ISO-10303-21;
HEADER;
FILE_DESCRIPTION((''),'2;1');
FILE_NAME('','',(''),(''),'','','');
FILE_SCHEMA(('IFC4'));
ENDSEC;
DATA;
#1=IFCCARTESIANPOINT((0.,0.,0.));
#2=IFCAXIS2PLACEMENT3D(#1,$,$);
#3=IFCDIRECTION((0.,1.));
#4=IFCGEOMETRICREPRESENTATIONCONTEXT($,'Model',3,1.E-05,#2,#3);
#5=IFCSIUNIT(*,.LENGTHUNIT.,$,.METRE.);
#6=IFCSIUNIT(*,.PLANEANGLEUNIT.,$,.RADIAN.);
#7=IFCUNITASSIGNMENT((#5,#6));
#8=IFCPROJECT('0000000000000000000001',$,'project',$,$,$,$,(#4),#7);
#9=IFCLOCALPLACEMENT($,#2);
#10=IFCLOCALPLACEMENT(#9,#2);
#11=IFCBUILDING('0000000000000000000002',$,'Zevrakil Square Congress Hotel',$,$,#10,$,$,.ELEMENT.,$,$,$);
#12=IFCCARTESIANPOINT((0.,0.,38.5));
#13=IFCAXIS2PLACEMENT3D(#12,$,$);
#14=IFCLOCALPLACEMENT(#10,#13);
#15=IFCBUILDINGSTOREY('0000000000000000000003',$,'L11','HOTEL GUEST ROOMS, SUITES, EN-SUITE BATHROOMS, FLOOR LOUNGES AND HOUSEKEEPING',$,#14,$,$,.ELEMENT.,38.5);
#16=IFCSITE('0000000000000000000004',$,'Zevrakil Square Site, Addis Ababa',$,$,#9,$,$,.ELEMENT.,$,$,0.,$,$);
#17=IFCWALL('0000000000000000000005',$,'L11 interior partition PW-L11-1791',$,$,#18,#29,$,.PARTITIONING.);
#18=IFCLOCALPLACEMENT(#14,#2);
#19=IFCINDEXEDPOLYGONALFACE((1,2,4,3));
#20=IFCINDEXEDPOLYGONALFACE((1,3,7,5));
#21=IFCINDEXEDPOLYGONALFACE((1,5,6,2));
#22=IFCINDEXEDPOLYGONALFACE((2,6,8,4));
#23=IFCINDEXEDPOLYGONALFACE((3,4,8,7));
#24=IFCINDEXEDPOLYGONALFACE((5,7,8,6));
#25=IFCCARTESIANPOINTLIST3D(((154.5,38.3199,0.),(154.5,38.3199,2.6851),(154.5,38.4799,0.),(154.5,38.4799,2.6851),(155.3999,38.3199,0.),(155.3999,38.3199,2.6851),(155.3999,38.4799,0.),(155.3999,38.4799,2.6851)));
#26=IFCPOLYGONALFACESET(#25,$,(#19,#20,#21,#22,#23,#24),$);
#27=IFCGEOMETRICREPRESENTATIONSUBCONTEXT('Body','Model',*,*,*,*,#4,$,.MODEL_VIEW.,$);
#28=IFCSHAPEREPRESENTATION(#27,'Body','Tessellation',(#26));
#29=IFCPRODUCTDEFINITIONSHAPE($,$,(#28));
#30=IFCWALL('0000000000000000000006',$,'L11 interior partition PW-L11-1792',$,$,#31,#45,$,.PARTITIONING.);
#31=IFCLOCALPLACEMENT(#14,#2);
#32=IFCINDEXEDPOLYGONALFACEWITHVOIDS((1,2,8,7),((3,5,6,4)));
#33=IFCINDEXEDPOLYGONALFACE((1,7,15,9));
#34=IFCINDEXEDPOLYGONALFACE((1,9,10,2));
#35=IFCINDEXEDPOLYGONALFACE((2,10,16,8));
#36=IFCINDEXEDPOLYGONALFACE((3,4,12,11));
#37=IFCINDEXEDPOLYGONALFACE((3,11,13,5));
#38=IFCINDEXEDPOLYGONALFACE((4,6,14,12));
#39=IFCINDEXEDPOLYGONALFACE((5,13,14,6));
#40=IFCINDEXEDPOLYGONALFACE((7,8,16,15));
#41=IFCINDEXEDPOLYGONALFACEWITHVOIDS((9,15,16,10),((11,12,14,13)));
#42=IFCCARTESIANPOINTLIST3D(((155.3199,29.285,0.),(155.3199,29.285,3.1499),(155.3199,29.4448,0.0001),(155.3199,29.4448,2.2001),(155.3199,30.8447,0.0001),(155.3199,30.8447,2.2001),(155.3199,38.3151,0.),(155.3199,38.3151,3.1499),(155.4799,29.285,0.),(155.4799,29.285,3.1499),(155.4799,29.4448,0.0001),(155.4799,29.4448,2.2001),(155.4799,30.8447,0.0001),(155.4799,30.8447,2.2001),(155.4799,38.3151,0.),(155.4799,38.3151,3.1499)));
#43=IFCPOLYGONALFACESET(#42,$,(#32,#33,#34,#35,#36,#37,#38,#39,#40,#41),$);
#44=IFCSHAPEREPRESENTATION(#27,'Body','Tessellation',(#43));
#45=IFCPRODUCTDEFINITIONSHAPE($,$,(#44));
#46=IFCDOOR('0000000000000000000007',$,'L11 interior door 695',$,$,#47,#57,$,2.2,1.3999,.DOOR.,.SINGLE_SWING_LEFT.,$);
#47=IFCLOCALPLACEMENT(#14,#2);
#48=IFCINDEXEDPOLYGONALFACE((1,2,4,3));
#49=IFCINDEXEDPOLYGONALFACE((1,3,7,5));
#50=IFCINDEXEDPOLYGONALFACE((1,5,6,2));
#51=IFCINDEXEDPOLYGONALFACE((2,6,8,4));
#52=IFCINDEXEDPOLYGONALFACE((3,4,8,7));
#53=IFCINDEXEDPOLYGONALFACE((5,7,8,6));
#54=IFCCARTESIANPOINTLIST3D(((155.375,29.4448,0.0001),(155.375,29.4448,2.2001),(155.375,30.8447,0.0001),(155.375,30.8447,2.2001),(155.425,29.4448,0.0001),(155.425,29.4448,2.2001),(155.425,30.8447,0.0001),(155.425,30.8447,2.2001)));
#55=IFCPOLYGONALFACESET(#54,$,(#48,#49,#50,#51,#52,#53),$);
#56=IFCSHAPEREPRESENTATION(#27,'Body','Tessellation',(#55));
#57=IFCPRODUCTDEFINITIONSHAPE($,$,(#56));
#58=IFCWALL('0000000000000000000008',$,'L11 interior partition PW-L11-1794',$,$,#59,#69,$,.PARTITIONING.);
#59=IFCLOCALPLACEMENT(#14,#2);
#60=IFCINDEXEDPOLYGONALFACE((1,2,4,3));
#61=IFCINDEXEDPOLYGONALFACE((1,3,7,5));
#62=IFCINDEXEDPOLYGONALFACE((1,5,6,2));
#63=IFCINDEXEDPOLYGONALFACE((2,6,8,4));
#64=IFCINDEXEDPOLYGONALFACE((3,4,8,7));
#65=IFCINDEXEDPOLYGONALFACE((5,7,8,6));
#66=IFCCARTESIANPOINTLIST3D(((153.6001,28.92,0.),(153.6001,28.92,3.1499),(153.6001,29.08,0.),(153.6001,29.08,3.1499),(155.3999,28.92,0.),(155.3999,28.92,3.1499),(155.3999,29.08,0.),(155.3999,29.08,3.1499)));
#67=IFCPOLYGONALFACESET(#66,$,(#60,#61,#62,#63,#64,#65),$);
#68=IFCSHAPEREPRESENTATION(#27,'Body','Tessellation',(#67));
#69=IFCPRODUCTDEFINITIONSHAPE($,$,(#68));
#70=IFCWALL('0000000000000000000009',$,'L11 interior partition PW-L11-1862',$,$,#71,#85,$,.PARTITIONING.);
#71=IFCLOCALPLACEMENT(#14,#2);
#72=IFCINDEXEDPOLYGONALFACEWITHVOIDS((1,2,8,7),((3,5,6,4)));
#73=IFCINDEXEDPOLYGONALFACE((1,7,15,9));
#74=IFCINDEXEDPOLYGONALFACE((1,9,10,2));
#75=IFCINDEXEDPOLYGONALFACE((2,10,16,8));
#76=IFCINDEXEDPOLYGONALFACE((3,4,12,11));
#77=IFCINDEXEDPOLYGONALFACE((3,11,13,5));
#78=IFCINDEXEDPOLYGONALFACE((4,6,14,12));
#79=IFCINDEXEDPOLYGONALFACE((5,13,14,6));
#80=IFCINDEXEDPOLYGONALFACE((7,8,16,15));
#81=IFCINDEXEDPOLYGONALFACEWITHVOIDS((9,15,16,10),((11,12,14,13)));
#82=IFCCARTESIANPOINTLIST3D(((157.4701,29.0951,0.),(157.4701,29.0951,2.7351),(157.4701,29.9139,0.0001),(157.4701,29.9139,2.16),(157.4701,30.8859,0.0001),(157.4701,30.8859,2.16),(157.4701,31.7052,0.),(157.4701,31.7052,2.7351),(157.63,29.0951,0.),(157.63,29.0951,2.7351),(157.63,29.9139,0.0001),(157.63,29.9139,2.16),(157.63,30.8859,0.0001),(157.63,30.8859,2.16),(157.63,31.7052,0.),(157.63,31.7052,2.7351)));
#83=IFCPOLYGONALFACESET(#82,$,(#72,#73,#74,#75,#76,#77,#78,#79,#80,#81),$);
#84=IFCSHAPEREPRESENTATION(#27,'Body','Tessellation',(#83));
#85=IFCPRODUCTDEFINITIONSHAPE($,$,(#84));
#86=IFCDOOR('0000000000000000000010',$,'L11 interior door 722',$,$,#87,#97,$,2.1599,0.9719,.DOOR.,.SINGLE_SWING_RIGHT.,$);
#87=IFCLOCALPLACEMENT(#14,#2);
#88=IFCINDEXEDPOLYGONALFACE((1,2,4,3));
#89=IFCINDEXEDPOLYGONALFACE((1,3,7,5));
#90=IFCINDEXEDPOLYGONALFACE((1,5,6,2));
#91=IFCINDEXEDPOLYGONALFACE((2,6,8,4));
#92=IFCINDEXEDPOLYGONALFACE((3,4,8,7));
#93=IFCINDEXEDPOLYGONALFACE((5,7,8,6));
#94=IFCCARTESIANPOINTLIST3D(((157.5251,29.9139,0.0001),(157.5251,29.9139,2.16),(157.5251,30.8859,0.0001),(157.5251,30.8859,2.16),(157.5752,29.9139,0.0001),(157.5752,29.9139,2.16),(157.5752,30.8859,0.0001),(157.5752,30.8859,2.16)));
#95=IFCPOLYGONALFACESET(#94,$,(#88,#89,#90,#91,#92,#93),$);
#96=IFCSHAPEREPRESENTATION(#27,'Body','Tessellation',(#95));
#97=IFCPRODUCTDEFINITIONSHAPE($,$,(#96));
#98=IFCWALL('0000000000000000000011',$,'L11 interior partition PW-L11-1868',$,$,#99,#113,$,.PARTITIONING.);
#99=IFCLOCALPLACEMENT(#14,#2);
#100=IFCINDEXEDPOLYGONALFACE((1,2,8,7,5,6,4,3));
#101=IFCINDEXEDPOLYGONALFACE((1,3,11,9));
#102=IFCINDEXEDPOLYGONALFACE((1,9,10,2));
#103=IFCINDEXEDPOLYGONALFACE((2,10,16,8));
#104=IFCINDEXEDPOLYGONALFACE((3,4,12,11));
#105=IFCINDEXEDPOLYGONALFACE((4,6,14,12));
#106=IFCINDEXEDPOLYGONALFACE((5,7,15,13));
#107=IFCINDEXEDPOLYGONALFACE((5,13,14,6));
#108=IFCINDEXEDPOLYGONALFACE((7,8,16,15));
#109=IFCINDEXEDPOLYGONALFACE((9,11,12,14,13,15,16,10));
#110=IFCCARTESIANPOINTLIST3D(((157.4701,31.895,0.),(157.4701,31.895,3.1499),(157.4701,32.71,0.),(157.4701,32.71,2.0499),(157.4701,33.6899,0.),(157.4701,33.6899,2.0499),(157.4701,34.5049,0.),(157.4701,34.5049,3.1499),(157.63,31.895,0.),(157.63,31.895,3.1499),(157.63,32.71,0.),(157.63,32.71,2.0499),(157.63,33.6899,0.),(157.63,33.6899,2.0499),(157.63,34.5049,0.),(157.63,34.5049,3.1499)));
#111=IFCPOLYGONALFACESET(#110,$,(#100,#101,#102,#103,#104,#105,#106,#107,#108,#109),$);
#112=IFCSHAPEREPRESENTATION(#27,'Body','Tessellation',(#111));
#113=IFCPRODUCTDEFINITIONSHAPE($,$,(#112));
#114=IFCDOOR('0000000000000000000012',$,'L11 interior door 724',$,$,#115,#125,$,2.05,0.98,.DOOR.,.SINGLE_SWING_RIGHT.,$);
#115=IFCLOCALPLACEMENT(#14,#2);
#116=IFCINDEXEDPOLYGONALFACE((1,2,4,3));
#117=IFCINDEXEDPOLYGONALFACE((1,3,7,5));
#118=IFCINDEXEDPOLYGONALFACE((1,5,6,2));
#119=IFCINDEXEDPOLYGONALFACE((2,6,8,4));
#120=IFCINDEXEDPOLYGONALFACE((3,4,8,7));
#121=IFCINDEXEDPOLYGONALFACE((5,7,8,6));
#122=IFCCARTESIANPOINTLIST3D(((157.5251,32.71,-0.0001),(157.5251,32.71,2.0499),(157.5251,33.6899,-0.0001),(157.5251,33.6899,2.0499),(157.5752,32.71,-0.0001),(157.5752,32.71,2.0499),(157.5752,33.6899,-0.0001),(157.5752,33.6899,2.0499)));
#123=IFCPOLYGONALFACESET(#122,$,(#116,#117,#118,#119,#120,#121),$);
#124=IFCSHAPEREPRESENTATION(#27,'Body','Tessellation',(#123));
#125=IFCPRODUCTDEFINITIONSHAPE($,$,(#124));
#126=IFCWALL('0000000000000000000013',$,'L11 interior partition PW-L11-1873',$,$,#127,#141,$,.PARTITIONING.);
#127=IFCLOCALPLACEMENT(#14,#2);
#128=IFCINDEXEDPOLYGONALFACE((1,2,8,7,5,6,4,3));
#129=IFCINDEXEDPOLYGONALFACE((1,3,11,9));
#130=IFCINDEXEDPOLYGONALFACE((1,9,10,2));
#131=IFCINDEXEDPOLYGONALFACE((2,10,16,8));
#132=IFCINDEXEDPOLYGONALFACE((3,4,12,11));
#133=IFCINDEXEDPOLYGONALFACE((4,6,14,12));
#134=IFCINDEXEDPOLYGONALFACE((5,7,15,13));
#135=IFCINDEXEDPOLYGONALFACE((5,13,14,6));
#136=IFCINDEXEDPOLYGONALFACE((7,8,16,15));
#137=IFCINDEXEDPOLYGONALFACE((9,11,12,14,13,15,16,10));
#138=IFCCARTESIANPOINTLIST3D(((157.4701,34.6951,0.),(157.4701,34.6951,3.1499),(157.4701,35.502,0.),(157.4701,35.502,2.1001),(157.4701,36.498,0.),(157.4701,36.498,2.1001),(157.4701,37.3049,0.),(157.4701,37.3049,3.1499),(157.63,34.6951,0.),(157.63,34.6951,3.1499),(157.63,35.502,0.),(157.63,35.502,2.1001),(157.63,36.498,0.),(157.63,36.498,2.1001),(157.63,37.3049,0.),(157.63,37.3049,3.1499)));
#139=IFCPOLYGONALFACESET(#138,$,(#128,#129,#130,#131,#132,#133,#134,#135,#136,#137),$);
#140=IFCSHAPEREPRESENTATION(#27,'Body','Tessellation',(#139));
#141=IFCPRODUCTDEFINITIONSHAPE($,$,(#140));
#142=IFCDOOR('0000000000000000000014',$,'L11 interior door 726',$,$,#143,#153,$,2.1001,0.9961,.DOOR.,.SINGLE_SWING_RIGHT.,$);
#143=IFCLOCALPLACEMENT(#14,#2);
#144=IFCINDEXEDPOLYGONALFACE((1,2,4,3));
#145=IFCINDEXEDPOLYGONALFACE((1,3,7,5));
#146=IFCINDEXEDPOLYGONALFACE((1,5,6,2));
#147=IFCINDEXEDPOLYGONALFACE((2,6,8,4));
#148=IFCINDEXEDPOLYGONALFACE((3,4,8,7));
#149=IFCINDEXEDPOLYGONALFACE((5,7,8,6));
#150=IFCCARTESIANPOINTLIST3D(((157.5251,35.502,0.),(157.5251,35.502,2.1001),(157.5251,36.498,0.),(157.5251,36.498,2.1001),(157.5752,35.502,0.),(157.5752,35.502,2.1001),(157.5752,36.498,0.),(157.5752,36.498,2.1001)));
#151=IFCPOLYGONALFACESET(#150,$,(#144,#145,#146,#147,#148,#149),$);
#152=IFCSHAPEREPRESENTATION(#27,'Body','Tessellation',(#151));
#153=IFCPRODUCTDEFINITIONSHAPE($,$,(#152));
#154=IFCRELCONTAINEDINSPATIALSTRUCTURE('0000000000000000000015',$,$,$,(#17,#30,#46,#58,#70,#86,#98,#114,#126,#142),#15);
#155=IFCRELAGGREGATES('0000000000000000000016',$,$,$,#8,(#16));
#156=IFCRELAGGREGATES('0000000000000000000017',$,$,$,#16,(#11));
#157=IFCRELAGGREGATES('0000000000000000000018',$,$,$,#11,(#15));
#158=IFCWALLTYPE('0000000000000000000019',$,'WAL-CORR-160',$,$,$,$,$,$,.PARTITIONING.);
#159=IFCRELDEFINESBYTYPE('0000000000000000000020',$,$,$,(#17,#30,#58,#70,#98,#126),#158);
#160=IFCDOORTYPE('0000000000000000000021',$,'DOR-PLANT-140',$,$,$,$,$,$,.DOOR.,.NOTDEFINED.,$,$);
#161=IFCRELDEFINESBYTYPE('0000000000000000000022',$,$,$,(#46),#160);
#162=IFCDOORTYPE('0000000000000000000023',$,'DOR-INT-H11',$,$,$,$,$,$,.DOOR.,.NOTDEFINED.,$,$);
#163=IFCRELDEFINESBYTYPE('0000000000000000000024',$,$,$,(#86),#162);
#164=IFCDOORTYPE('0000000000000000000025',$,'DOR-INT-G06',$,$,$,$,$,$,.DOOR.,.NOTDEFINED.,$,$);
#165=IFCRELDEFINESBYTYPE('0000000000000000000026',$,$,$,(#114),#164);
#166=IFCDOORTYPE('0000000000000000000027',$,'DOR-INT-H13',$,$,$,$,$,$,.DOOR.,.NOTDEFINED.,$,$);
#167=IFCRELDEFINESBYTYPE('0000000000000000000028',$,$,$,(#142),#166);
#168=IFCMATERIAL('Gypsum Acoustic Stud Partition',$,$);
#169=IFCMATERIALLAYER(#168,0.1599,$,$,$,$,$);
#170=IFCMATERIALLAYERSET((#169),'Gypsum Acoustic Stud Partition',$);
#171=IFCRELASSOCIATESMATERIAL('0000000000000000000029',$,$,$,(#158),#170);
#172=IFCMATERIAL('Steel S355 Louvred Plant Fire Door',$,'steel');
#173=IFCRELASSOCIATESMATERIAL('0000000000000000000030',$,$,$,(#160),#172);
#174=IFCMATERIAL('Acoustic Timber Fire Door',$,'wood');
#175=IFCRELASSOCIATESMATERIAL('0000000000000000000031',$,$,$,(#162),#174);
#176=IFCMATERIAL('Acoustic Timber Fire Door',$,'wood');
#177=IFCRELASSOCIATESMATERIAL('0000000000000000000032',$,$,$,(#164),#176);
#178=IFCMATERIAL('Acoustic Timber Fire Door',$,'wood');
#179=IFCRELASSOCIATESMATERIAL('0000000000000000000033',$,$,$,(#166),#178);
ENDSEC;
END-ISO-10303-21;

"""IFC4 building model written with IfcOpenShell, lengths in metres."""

from ifc_helpers import new_model, si_unit, direction, frame, frame_2d, origin, place, context, subcontext, project, spatial, rectangle, extrude, material, layer, layer_set, type_object, element, fill, save


model = new_model("IFC4")

# Units and contexts
model_context = context("Model", 3, precision=1e-05, world=origin(), true_north=direction((0.0, 1.0)))
body_context = subcontext(model_context, "Body", "Model", "MODEL_VIEW")
ifc_project = project(units=[si_unit("LENGTHUNIT", "METRE"), si_unit("PLANEANGLEUNIT", "RADIAN")], contexts=[model_context])

# Site, building, storey
site_placement = place(None, origin())
site = spatial("IfcSite", under=ifc_project, at=site_placement, Name="Zevrakil Square Site, Addis Ababa", CompositionType="ELEMENT", RefElevation=0.0)
building_placement = place(site_placement, origin())
building = spatial("IfcBuilding", under=site, at=building_placement, Name="Zevrakil Square Congress Hotel", CompositionType="ELEMENT")
storey_placement = place(building_placement, frame((0.0, 0.0, 38.5)))
storey = spatial("IfcBuildingStorey", under=building, at=storey_placement, Name="L11", Description="HOTEL GUEST ROOMS, SUITES, EN-SUITE BATHROOMS, FLOOR LOUNGES AND HOUSEKEEPING", CompositionType="ELEMENT", Elevation=38.5)

# Wall
ifc_material_1 = material(Name="Gypsum Acoustic Stud Partition")
ifc_layer_1 = layer(ifc_material_1, 0.1599)
ifc_layer_set_1 = layer_set([ifc_layer_1], Name="Gypsum Acoustic Stud Partition")
wall_type_1 = type_object("IfcWallType", Name="WAL-CORR-160", PredefinedType="PARTITIONING", material=ifc_layer_set_1)
wall_1_placement = place(storey_placement, frame((154.5, 38.3999, 0.0), z_axis=(0.0, 0.0, 1.0), x_axis=(1.0, 0.0, 0.0)))
element("IfcWall", 1, at=wall_1_placement, inside=storey, type_object=wall_type_1, Name="L11 interior partition PW-L11-1791", PredefinedType="PARTITIONING", context=body_context, shape_type="SweptSolid", body=[
    extrude(rectangle(XDim=0.8999, YDim=0.1599, at=frame_2d((0.45, 0.0))), origin(), (0.0, 0.0, 1.0), 2.6851),
])

# Wall, opening, door
wall_2_placement = place(storey_placement, frame((155.3999, 29.2849, 0.0), z_axis=(0.0, 0.0, 1.0), x_axis=(0.0, 1.0, 0.0)))
wall_2 = element("IfcWall", 2, at=wall_2_placement, inside=storey, type_object=wall_type_1, Name="L11 interior partition PW-L11-1792", PredefinedType="PARTITIONING", context=body_context, shape_type="SweptSolid", body=[
    extrude(rectangle(XDim=9.03, YDim=0.1599, at=frame_2d((4.5151, 0.0))), origin(), (0.0, 0.0, 1.0), 3.1499),
])
opening_1_placement = place(wall_2_placement, frame((0.1599, 0.0, 0.0)))
opening_1 = element("IfcOpeningElement", 3, at=opening_1_placement, cuts=wall_2, PredefinedType="OPENING", context=body_context, shape_type="SweptSolid", body=[
    extrude(rectangle(XDim=1.3999, YDim=2.2, at=frame_2d((0.7, 1.1001))), frame((0.0, 0.0898, 0.0), z_axis=(0.0, -1.0, 0.0), x_axis=(1.0, 0.0, 0.0)), (0.0, 0.0, 1.0), 0.1799),
])
ifc_material_2 = material(Name="Steel S355 Louvred Plant Fire Door", Category="steel")
door_type_1 = type_object("IfcDoorType", Name="DOR-PLANT-140", OperationType="NOTDEFINED", PredefinedType="DOOR", material=ifc_material_2)
door_1_placement = place(opening_1_placement, origin())
door_1 = element("IfcDoor", 4, at=door_1_placement, inside=storey, type_object=door_type_1, Name="L11 interior door 695", OperationType="SINGLE_SWING_LEFT", OverallHeight=2.2, OverallWidth=1.3999, PredefinedType="DOOR", context=body_context, shape_type="SweptSolid", body=[
    extrude(rectangle(XDim=1.3999, YDim=2.2, at=frame_2d((0.7, 1.1001))), frame((0.0, 0.0249, 0.0), z_axis=(0.0, -1.0, 0.0), x_axis=(1.0, 0.0, 0.0)), (0.0, 0.0, 1.0), 0.05),
])
fill(opening_1, door_1)

# Wall
wall_3_placement = place(storey_placement, frame((153.6001, 29.0, 0.0), z_axis=(0.0, 0.0, 1.0), x_axis=(1.0, 0.0, 0.0)))
element("IfcWall", 5, at=wall_3_placement, inside=storey, type_object=wall_type_1, Name="L11 interior partition PW-L11-1794", PredefinedType="PARTITIONING", context=body_context, shape_type="SweptSolid", body=[
    extrude(rectangle(XDim=1.7998, YDim=0.1599, at=frame_2d((0.8999, 0.0))), origin(), (0.0, 0.0, 1.0), 3.1499),
])

# Walls, openings, doors
wall_4_placement = place(storey_placement, frame((157.55, 29.095, 0.0), z_axis=(0.0, 0.0, 1.0), x_axis=(0.0, 1.0, 0.0)))
wall_4 = element("IfcWall", 6, at=wall_4_placement, inside=storey, type_object=wall_type_1, Name="L11 interior partition PW-L11-1862", PredefinedType="PARTITIONING", context=body_context, shape_type="SweptSolid", body=[
    extrude(rectangle(XDim=2.6101, YDim=0.1599, at=frame_2d((1.3052, 0.0))), origin(), (0.0, 0.0, 1.0), 2.7351),
])
opening_2_placement = place(wall_4_placement, frame((0.8191, 0.0, 0.0)))
opening_2 = element("IfcOpeningElement", 7, at=opening_2_placement, cuts=wall_4, PredefinedType="OPENING", context=body_context, shape_type="SweptSolid", body=[
    extrude(rectangle(XDim=0.9719, YDim=2.1599, at=frame_2d((0.4858, 1.0801))), frame((0.0, 0.0898, 0.0), z_axis=(0.0, -1.0, 0.0), x_axis=(1.0, 0.0, 0.0)), (0.0, 0.0, 1.0), 0.1799),
])
ifc_material_3 = material(Name="Acoustic Timber Fire Door", Category="wood")
door_type_2 = type_object("IfcDoorType", Name="DOR-INT-H11", OperationType="NOTDEFINED", PredefinedType="DOOR", material=ifc_material_3)
door_2_placement = place(opening_2_placement, origin())
door_2 = element("IfcDoor", 8, at=door_2_placement, inside=storey, type_object=door_type_2, Name="L11 interior door 722", OperationType="SINGLE_SWING_RIGHT", OverallHeight=2.1599, OverallWidth=0.9719, PredefinedType="DOOR", context=body_context, shape_type="SweptSolid", body=[
    extrude(rectangle(XDim=0.9719, YDim=2.1599, at=frame_2d((0.4858, 1.0801))), frame((0.0, 0.0249, 0.0), z_axis=(0.0, -1.0, 0.0), x_axis=(1.0, 0.0, 0.0)), (0.0, 0.0, 1.0), 0.05),
])
fill(opening_2, door_2)
wall_5_placement = place(storey_placement, frame((157.55, 31.895, 0.0), z_axis=(0.0, 0.0, 1.0), x_axis=(0.0, 1.0, 0.0)))
wall_5 = element("IfcWall", 9, at=wall_5_placement, inside=storey, type_object=wall_type_1, Name="L11 interior partition PW-L11-1868", PredefinedType="PARTITIONING", context=body_context, shape_type="SweptSolid", body=[
    extrude(rectangle(XDim=2.6099, YDim=0.1599, at=frame_2d((1.3049, 0.0))), origin(), (0.0, 0.0, 1.0), 3.1499),
])
opening_3_placement = place(wall_5_placement, frame((0.8149, 0.0, 0.0)))
opening_3 = element("IfcOpeningElement", 10, at=opening_3_placement, cuts=wall_5, PredefinedType="OPENING", context=body_context, shape_type="SweptSolid", body=[
    extrude(rectangle(XDim=0.98, YDim=2.05, at=frame_2d((0.49, 1.0249))), frame((0.0, 0.0898, 0.0), z_axis=(0.0, -1.0, 0.0), x_axis=(1.0, 0.0, 0.0)), (0.0, 0.0, 1.0), 0.1799),
])
ifc_material_4 = material(Name="Acoustic Timber Fire Door", Category="wood")
door_type_3 = type_object("IfcDoorType", Name="DOR-INT-G06", OperationType="NOTDEFINED", PredefinedType="DOOR", material=ifc_material_4)
door_3_placement = place(opening_3_placement, origin())
door_3 = element("IfcDoor", 11, at=door_3_placement, inside=storey, type_object=door_type_3, Name="L11 interior door 724", OperationType="SINGLE_SWING_RIGHT", OverallHeight=2.05, OverallWidth=0.98, PredefinedType="DOOR", context=body_context, shape_type="SweptSolid", body=[
    extrude(rectangle(XDim=0.98, YDim=2.05, at=frame_2d((0.49, 1.0249))), frame((0.0, 0.0249, 0.0), z_axis=(0.0, -1.0, 0.0), x_axis=(1.0, 0.0, 0.0)), (0.0, 0.0, 1.0), 0.05),
])
fill(opening_3, door_3)
wall_6_placement = place(storey_placement, frame((157.55, 34.6951, 0.0), z_axis=(0.0, 0.0, 1.0), x_axis=(0.0, 1.0, 0.0)))
wall_6 = element("IfcWall", 12, at=wall_6_placement, inside=storey, type_object=wall_type_1, Name="L11 interior partition PW-L11-1873", PredefinedType="PARTITIONING", context=body_context, shape_type="SweptSolid", body=[
    extrude(rectangle(XDim=2.6099, YDim=0.1599, at=frame_2d((1.3049, 0.0))), origin(), (0.0, 0.0, 1.0), 3.1499),
])
opening_4_placement = place(wall_6_placement, frame((0.8069, 0.0, 0.0)))
opening_4 = element("IfcOpeningElement", 13, at=opening_4_placement, cuts=wall_6, PredefinedType="OPENING", context=body_context, shape_type="SweptSolid", body=[
    extrude(rectangle(XDim=0.9961, YDim=2.1001, at=frame_2d((0.498, 1.05))), frame((0.0, 0.0898, 0.0), z_axis=(0.0, -1.0, 0.0), x_axis=(1.0, 0.0, 0.0)), (0.0, 0.0, 1.0), 0.1799),
])
ifc_material_5 = material(Name="Acoustic Timber Fire Door", Category="wood")
door_type_4 = type_object("IfcDoorType", Name="DOR-INT-H13", OperationType="NOTDEFINED", PredefinedType="DOOR", material=ifc_material_5)
door_4_placement = place(opening_4_placement, origin())
door_4 = element("IfcDoor", 14, at=door_4_placement, inside=storey, type_object=door_type_4, Name="L11 interior door 726", OperationType="SINGLE_SWING_RIGHT", OverallHeight=2.1001, OverallWidth=0.9961, PredefinedType="DOOR", context=body_context, shape_type="SweptSolid", body=[
    extrude(rectangle(XDim=0.9961, YDim=2.1001, at=frame_2d((0.498, 1.05))), frame((0.0, 0.0249, 0.0), z_axis=(0.0, -1.0, 0.0), x_axis=(1.0, 0.0, 0.0)), (0.0, 0.0, 1.0), 0.05),
])
fill(opening_4, door_4)

save(model, "model.ifc")
